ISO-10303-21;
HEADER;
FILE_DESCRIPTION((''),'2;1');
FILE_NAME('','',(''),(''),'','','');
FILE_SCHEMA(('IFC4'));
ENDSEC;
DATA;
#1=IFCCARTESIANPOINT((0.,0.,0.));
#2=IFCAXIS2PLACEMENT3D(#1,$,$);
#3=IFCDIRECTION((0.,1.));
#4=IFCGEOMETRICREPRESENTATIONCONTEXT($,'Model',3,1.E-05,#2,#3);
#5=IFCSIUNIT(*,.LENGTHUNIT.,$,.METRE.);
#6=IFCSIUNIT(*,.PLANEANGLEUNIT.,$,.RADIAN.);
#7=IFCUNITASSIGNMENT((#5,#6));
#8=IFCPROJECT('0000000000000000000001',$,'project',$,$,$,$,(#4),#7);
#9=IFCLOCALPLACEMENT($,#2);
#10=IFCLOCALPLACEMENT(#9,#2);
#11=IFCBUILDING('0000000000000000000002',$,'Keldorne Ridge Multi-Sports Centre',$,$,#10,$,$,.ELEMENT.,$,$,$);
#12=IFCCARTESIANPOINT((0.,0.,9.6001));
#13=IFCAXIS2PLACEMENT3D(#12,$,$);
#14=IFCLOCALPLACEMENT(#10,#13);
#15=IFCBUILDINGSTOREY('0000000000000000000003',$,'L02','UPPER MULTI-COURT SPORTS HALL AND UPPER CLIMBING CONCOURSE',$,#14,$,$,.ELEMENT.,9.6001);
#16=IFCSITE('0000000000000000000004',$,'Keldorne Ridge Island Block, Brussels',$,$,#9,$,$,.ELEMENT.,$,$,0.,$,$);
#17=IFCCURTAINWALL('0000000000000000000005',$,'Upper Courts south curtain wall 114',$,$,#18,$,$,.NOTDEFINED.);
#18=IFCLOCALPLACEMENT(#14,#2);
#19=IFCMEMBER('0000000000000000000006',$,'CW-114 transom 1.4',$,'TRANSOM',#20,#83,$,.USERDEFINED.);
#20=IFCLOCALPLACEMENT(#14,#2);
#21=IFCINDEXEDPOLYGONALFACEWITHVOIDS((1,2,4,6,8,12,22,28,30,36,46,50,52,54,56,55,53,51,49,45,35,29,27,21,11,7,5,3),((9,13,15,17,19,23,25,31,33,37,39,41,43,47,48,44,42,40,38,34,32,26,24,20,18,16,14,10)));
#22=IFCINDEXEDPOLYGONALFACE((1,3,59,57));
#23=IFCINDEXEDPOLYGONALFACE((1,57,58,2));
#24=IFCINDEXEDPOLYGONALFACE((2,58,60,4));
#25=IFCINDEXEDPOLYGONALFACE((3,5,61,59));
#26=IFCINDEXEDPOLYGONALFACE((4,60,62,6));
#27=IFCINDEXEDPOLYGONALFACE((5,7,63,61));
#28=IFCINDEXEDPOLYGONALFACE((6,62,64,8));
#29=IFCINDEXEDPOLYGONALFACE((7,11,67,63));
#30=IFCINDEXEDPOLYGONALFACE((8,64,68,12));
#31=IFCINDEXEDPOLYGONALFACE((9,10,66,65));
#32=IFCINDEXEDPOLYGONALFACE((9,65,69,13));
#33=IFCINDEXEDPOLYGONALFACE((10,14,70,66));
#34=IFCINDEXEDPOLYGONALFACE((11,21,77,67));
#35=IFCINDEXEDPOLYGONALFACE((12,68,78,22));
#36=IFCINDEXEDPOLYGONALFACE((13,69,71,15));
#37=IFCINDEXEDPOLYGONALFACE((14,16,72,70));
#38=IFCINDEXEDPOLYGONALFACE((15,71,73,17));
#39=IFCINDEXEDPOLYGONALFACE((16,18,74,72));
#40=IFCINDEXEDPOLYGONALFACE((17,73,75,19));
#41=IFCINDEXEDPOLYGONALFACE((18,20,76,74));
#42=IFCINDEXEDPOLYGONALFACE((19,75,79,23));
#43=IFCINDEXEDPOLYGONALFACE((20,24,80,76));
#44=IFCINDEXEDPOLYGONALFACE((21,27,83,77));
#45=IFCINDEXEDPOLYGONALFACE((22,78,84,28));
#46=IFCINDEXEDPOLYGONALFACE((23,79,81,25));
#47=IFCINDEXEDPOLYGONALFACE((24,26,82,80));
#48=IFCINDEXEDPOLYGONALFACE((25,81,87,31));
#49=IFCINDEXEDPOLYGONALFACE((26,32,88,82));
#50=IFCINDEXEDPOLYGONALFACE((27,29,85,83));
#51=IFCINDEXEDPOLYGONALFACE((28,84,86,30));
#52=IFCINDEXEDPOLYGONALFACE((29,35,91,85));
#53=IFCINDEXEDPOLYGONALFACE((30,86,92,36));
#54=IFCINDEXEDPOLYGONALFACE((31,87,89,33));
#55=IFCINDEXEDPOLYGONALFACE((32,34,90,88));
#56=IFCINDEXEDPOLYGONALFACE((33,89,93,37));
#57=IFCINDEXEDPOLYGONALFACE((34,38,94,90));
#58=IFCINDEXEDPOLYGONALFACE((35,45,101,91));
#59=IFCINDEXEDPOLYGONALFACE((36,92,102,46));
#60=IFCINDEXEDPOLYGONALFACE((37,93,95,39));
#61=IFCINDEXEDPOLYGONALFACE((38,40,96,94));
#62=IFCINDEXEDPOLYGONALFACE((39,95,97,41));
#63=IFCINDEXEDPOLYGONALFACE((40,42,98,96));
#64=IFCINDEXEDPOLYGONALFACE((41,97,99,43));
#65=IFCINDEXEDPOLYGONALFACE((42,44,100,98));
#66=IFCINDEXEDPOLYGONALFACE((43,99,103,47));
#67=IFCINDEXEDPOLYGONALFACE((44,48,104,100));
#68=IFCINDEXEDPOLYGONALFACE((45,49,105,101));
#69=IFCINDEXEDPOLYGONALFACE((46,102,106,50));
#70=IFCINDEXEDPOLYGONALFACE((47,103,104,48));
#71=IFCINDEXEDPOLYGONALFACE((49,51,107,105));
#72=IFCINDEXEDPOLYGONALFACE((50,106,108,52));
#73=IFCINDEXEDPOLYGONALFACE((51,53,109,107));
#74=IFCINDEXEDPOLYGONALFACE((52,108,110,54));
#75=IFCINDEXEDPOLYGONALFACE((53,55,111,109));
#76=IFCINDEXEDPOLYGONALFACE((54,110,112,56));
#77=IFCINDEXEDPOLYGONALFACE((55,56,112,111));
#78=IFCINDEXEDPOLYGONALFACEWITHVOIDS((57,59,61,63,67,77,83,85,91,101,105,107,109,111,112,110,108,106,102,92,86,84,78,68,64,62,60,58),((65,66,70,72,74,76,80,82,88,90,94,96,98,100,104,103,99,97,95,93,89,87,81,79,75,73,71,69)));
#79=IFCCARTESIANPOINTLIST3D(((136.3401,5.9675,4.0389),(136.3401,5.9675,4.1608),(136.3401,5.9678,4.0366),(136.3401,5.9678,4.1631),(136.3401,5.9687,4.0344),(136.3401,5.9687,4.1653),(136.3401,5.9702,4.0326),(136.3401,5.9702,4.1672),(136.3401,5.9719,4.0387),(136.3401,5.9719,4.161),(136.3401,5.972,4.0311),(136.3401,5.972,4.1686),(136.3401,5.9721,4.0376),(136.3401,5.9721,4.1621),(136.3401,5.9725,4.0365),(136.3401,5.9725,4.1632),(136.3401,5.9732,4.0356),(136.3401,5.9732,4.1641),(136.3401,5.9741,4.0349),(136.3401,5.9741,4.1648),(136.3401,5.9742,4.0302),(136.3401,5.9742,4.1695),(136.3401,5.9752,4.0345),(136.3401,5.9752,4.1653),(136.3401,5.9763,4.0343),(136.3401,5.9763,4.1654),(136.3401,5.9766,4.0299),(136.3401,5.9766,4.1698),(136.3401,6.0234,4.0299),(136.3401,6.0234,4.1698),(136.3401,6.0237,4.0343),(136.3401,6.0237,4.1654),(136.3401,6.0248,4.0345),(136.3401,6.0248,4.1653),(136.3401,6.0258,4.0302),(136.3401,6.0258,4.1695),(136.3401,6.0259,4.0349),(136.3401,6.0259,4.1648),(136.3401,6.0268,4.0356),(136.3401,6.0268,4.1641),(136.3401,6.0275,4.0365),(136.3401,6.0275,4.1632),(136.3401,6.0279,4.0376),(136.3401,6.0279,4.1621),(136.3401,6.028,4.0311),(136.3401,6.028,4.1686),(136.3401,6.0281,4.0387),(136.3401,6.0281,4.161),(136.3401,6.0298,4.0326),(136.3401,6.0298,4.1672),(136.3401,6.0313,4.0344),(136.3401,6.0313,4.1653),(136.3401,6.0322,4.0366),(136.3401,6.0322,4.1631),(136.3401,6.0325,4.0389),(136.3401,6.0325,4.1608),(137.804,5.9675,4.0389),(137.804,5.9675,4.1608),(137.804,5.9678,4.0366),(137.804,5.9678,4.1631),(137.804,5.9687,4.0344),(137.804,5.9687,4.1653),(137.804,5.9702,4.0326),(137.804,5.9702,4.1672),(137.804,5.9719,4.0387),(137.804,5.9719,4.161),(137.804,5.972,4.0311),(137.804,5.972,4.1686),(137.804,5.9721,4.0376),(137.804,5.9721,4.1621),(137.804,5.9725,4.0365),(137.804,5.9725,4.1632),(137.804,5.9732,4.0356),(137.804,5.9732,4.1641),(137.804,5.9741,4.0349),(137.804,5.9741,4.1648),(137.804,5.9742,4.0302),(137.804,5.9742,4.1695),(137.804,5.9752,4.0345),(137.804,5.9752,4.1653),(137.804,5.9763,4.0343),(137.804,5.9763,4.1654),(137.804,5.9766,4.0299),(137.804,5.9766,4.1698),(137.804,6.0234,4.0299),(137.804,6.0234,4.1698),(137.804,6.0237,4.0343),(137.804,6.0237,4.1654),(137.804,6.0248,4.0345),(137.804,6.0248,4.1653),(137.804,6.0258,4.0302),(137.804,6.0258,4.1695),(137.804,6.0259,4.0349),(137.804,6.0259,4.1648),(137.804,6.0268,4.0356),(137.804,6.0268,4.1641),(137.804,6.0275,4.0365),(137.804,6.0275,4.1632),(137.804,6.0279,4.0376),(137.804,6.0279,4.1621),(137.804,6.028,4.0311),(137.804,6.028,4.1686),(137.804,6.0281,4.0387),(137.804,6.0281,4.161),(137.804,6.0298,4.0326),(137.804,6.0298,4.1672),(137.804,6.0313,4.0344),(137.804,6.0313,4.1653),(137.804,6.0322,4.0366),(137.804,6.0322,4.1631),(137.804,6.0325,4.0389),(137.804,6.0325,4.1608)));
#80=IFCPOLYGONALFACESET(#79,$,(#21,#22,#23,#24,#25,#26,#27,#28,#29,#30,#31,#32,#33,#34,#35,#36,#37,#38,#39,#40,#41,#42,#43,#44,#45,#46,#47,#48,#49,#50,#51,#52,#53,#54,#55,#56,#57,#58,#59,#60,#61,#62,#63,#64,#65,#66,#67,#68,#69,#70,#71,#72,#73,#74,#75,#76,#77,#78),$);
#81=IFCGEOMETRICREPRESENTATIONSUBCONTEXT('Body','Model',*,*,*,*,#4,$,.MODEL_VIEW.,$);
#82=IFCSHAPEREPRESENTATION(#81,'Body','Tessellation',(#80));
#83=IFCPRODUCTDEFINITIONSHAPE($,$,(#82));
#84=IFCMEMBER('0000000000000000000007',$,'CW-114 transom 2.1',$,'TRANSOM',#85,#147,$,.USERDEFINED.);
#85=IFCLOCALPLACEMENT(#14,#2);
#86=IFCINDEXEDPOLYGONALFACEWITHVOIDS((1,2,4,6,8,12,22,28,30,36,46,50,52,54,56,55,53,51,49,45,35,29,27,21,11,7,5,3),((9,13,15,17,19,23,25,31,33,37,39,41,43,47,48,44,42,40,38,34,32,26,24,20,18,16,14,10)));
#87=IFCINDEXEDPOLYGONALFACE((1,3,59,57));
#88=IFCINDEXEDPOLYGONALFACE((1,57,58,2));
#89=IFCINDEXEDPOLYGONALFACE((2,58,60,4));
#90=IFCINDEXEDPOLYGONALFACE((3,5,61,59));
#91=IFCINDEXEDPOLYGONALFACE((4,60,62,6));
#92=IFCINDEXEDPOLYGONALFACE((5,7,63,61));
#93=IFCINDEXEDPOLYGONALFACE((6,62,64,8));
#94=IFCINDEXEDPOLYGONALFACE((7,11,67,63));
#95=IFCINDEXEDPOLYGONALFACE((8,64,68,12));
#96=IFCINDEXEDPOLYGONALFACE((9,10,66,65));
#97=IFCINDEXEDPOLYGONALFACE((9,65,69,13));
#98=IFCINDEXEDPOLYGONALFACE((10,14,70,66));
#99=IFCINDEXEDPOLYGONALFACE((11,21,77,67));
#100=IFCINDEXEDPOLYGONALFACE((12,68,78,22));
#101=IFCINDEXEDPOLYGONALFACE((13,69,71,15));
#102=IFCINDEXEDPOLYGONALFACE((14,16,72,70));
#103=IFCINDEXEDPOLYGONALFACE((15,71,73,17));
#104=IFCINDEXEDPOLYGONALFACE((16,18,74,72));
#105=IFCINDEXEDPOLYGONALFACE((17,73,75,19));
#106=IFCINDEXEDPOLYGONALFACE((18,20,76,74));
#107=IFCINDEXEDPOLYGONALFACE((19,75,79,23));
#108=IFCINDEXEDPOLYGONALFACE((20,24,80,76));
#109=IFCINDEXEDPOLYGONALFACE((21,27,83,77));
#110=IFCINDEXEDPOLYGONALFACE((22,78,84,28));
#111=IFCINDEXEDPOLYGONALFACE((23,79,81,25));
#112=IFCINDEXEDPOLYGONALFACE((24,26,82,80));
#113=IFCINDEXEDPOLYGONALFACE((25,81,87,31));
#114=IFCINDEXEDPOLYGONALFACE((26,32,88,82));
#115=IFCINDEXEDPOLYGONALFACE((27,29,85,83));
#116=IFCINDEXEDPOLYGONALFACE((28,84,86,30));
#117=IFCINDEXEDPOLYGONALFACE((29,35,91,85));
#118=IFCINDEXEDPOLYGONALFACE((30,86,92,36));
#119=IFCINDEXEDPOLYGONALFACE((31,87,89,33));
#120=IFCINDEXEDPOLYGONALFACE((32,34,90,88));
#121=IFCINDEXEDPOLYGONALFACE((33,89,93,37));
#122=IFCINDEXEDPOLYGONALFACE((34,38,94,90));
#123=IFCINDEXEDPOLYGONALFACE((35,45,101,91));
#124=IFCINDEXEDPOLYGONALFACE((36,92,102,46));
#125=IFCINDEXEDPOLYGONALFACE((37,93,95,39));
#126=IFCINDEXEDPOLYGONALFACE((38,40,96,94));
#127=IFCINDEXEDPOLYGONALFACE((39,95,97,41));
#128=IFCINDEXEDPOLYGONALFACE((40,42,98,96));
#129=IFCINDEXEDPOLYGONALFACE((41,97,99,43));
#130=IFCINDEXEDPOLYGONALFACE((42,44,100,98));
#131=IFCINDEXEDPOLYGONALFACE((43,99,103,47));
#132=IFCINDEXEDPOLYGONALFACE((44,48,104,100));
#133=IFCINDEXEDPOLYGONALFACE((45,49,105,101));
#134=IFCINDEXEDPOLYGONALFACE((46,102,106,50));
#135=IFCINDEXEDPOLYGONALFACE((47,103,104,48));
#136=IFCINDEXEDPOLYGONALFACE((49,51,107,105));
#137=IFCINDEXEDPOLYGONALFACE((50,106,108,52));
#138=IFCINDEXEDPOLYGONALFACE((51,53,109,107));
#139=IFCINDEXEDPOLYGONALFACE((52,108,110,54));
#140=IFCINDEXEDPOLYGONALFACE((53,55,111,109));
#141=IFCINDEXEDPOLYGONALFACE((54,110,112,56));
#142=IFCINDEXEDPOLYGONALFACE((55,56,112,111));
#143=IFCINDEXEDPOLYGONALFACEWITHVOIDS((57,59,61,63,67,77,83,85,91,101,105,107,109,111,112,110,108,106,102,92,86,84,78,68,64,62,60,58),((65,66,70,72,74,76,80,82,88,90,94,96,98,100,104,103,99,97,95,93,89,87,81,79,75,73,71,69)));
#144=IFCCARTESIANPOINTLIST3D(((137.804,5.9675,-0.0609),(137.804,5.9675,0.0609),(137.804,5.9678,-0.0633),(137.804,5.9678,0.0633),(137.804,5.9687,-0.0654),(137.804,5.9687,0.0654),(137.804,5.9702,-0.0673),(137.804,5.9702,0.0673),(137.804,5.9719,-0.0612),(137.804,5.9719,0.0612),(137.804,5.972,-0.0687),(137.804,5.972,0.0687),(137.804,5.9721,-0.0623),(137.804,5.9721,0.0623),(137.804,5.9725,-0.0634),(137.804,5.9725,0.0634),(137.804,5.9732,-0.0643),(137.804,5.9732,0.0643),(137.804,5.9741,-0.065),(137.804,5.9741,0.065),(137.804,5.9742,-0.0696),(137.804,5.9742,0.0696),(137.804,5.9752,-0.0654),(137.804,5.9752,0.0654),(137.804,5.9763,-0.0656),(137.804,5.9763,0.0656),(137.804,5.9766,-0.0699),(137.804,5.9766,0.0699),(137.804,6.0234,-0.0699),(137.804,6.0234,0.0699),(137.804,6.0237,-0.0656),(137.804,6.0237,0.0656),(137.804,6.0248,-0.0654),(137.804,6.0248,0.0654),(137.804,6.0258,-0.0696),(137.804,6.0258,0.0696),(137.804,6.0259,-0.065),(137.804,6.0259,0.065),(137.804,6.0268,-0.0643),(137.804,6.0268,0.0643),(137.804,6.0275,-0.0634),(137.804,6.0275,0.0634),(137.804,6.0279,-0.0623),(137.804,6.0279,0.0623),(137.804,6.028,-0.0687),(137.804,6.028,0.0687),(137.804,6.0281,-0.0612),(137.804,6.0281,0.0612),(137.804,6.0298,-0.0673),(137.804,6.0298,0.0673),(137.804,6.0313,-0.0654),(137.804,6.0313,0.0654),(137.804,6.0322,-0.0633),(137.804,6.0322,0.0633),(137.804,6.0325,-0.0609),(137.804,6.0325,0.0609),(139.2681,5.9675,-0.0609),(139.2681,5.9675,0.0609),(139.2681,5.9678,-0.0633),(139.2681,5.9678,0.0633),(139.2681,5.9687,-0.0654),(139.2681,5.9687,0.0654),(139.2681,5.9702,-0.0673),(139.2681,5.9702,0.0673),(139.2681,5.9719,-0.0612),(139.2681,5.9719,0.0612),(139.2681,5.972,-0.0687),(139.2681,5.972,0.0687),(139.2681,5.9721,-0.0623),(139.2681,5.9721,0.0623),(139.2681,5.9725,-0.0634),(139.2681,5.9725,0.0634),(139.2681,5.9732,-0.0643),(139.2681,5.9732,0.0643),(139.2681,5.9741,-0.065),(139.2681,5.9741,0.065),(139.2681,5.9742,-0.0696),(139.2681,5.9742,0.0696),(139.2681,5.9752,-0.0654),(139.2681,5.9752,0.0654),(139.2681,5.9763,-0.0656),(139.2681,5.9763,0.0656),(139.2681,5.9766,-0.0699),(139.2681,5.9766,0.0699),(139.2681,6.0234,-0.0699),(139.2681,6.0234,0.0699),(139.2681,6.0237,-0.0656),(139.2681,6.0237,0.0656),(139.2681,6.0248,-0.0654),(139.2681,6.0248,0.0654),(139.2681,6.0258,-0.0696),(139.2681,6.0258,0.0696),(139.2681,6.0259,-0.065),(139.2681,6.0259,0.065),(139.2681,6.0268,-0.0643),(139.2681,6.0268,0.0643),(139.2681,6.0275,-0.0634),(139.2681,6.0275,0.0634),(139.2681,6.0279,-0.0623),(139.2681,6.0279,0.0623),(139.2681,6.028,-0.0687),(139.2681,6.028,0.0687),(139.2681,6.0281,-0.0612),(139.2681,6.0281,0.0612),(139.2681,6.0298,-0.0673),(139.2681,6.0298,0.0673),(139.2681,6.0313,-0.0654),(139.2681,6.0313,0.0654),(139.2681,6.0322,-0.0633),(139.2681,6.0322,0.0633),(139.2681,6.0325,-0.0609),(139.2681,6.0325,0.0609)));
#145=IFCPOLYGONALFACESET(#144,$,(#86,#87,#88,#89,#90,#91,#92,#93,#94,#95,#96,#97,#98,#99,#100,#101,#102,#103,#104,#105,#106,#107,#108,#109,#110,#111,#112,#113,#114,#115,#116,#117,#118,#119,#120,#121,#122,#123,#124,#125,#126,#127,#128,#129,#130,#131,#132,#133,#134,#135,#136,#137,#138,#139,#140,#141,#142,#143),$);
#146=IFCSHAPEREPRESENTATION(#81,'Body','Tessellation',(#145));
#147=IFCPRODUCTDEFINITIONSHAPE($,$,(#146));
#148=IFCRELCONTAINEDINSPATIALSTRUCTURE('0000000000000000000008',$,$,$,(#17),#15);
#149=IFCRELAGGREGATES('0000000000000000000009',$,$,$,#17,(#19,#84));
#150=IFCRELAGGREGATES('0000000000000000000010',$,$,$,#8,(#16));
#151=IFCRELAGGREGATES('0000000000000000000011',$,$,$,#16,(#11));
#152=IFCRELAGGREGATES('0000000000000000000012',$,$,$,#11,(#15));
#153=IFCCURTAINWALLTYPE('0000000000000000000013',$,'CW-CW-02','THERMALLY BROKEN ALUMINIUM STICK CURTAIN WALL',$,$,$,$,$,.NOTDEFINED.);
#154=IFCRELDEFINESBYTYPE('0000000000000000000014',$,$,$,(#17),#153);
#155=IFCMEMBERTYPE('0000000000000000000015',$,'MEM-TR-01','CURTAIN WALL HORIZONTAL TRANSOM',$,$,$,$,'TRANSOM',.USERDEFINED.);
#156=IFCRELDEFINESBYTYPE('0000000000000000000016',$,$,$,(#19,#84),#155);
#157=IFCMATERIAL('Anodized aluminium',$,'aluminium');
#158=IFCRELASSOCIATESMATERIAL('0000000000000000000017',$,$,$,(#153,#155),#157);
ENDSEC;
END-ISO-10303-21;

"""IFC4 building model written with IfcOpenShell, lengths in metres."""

from ifc_helpers import new_model, si_unit, direction, frame, origin, origin_2d, place, context, subcontext, project, spatial, hollow_rectangle, extrude, material, material_profile, profile_set, type_object, element, aggregate, save


model = new_model("IFC4")

# Units and contexts
model_context = context("Model", 3, precision=1e-05, world=origin(), true_north=direction((0.0, 1.0)))
body_context = subcontext(model_context, "Body", "Model", "MODEL_VIEW")
ifc_project = project(units=[si_unit("LENGTHUNIT", "METRE"), si_unit("PLANEANGLEUNIT", "RADIAN")], contexts=[model_context])

# Site, building, storey
site_placement = place(None, origin())
site = spatial("IfcSite", under=ifc_project, at=site_placement, Name="Keldorne Ridge Island Block, Brussels", CompositionType="ELEMENT", RefElevation=0.0)
building_placement = place(site_placement, origin())
building = spatial("IfcBuilding", under=site, at=building_placement, Name="Keldorne Ridge Multi-Sports Centre", CompositionType="ELEMENT")
storey_placement = place(building_placement, frame((0.0, 0.0, 9.6001)))
storey = spatial("IfcBuildingStorey", under=building, at=storey_placement, Name="L02", Description="UPPER MULTI-COURT SPORTS HALL AND UPPER CLIMBING CONCOURSE", CompositionType="ELEMENT", Elevation=9.6001)

# Curtain wall
ifc_material_1 = material(Name="Anodized aluminium", Category="aluminium")
curtain_wall_type_1 = type_object("IfcCurtainWallType", Name="CW-CW-02", Description="THERMALLY BROKEN ALUMINIUM STICK CURTAIN WALL", PredefinedType="NOTDEFINED", material=ifc_material_1)
curtain_wall_1_placement = place(storey_placement, origin())
curtain_wall_1 = element("IfcCurtainWall", 1, at=curtain_wall_1_placement, inside=storey, type_object=curtain_wall_type_1, Name="Upper Courts south curtain wall 114", PredefinedType="NOTDEFINED")

# Members
ifc_material_profile_1 = material_profile(ifc_material_1, hollow_rectangle(XDim=0.0649, YDim=0.1399, WallThickness=0.0044, InnerFilletRadius=0.0044, OuterFilletRadius=0.009, at=origin_2d()), Name="ALU TRANSOM 140x65x4.5")
ifc_profile_set_1 = profile_set([ifc_material_profile_1], Name="Anodized aluminium")
member_type_1 = type_object("IfcMemberType", Name="MEM-TR-01", Description="CURTAIN WALL HORIZONTAL TRANSOM", ElementType="TRANSOM", PredefinedType="USERDEFINED", material=ifc_profile_set_1)
member_1_placement = place(storey_placement, frame((136.3401, 6.0, 4.0999), z_axis=(1.0, 0.0, 0.0), x_axis=(0.0, 1.0, 0.0)))
member_1 = element("IfcMember", 2, at=member_1_placement, type_object=member_type_1, Name="CW-114 transom 1.4", ObjectType="TRANSOM", PredefinedType="USERDEFINED", context=body_context, shape_type="SweptSolid", body=[
    extrude(hollow_rectangle(XDim=0.0649, YDim=0.1399, WallThickness=0.0044, InnerFilletRadius=0.0044, OuterFilletRadius=0.009, at=origin_2d()), origin(), (0.0, 0.0, 1.0), 1.4639),
])
member_2_placement = place(storey_placement, frame((137.804, 6.0, 0.0), z_axis=(1.0, 0.0, 0.0), x_axis=(0.0, 1.0, 0.0)))
member_2 = element("IfcMember", 3, at=member_2_placement, type_object=member_type_1, Name="CW-114 transom 2.1", ObjectType="TRANSOM", PredefinedType="USERDEFINED", context=body_context, shape_type="SweptSolid", body=[
    extrude(hollow_rectangle(XDim=0.0649, YDim=0.1399, WallThickness=0.0044, InnerFilletRadius=0.0044, OuterFilletRadius=0.009, at=origin_2d()), origin(), (0.0, 0.0, 1.0), 1.4641),
])

aggregate(curtain_wall_1, [member_1, member_2])

save(model, "model.ifc")
